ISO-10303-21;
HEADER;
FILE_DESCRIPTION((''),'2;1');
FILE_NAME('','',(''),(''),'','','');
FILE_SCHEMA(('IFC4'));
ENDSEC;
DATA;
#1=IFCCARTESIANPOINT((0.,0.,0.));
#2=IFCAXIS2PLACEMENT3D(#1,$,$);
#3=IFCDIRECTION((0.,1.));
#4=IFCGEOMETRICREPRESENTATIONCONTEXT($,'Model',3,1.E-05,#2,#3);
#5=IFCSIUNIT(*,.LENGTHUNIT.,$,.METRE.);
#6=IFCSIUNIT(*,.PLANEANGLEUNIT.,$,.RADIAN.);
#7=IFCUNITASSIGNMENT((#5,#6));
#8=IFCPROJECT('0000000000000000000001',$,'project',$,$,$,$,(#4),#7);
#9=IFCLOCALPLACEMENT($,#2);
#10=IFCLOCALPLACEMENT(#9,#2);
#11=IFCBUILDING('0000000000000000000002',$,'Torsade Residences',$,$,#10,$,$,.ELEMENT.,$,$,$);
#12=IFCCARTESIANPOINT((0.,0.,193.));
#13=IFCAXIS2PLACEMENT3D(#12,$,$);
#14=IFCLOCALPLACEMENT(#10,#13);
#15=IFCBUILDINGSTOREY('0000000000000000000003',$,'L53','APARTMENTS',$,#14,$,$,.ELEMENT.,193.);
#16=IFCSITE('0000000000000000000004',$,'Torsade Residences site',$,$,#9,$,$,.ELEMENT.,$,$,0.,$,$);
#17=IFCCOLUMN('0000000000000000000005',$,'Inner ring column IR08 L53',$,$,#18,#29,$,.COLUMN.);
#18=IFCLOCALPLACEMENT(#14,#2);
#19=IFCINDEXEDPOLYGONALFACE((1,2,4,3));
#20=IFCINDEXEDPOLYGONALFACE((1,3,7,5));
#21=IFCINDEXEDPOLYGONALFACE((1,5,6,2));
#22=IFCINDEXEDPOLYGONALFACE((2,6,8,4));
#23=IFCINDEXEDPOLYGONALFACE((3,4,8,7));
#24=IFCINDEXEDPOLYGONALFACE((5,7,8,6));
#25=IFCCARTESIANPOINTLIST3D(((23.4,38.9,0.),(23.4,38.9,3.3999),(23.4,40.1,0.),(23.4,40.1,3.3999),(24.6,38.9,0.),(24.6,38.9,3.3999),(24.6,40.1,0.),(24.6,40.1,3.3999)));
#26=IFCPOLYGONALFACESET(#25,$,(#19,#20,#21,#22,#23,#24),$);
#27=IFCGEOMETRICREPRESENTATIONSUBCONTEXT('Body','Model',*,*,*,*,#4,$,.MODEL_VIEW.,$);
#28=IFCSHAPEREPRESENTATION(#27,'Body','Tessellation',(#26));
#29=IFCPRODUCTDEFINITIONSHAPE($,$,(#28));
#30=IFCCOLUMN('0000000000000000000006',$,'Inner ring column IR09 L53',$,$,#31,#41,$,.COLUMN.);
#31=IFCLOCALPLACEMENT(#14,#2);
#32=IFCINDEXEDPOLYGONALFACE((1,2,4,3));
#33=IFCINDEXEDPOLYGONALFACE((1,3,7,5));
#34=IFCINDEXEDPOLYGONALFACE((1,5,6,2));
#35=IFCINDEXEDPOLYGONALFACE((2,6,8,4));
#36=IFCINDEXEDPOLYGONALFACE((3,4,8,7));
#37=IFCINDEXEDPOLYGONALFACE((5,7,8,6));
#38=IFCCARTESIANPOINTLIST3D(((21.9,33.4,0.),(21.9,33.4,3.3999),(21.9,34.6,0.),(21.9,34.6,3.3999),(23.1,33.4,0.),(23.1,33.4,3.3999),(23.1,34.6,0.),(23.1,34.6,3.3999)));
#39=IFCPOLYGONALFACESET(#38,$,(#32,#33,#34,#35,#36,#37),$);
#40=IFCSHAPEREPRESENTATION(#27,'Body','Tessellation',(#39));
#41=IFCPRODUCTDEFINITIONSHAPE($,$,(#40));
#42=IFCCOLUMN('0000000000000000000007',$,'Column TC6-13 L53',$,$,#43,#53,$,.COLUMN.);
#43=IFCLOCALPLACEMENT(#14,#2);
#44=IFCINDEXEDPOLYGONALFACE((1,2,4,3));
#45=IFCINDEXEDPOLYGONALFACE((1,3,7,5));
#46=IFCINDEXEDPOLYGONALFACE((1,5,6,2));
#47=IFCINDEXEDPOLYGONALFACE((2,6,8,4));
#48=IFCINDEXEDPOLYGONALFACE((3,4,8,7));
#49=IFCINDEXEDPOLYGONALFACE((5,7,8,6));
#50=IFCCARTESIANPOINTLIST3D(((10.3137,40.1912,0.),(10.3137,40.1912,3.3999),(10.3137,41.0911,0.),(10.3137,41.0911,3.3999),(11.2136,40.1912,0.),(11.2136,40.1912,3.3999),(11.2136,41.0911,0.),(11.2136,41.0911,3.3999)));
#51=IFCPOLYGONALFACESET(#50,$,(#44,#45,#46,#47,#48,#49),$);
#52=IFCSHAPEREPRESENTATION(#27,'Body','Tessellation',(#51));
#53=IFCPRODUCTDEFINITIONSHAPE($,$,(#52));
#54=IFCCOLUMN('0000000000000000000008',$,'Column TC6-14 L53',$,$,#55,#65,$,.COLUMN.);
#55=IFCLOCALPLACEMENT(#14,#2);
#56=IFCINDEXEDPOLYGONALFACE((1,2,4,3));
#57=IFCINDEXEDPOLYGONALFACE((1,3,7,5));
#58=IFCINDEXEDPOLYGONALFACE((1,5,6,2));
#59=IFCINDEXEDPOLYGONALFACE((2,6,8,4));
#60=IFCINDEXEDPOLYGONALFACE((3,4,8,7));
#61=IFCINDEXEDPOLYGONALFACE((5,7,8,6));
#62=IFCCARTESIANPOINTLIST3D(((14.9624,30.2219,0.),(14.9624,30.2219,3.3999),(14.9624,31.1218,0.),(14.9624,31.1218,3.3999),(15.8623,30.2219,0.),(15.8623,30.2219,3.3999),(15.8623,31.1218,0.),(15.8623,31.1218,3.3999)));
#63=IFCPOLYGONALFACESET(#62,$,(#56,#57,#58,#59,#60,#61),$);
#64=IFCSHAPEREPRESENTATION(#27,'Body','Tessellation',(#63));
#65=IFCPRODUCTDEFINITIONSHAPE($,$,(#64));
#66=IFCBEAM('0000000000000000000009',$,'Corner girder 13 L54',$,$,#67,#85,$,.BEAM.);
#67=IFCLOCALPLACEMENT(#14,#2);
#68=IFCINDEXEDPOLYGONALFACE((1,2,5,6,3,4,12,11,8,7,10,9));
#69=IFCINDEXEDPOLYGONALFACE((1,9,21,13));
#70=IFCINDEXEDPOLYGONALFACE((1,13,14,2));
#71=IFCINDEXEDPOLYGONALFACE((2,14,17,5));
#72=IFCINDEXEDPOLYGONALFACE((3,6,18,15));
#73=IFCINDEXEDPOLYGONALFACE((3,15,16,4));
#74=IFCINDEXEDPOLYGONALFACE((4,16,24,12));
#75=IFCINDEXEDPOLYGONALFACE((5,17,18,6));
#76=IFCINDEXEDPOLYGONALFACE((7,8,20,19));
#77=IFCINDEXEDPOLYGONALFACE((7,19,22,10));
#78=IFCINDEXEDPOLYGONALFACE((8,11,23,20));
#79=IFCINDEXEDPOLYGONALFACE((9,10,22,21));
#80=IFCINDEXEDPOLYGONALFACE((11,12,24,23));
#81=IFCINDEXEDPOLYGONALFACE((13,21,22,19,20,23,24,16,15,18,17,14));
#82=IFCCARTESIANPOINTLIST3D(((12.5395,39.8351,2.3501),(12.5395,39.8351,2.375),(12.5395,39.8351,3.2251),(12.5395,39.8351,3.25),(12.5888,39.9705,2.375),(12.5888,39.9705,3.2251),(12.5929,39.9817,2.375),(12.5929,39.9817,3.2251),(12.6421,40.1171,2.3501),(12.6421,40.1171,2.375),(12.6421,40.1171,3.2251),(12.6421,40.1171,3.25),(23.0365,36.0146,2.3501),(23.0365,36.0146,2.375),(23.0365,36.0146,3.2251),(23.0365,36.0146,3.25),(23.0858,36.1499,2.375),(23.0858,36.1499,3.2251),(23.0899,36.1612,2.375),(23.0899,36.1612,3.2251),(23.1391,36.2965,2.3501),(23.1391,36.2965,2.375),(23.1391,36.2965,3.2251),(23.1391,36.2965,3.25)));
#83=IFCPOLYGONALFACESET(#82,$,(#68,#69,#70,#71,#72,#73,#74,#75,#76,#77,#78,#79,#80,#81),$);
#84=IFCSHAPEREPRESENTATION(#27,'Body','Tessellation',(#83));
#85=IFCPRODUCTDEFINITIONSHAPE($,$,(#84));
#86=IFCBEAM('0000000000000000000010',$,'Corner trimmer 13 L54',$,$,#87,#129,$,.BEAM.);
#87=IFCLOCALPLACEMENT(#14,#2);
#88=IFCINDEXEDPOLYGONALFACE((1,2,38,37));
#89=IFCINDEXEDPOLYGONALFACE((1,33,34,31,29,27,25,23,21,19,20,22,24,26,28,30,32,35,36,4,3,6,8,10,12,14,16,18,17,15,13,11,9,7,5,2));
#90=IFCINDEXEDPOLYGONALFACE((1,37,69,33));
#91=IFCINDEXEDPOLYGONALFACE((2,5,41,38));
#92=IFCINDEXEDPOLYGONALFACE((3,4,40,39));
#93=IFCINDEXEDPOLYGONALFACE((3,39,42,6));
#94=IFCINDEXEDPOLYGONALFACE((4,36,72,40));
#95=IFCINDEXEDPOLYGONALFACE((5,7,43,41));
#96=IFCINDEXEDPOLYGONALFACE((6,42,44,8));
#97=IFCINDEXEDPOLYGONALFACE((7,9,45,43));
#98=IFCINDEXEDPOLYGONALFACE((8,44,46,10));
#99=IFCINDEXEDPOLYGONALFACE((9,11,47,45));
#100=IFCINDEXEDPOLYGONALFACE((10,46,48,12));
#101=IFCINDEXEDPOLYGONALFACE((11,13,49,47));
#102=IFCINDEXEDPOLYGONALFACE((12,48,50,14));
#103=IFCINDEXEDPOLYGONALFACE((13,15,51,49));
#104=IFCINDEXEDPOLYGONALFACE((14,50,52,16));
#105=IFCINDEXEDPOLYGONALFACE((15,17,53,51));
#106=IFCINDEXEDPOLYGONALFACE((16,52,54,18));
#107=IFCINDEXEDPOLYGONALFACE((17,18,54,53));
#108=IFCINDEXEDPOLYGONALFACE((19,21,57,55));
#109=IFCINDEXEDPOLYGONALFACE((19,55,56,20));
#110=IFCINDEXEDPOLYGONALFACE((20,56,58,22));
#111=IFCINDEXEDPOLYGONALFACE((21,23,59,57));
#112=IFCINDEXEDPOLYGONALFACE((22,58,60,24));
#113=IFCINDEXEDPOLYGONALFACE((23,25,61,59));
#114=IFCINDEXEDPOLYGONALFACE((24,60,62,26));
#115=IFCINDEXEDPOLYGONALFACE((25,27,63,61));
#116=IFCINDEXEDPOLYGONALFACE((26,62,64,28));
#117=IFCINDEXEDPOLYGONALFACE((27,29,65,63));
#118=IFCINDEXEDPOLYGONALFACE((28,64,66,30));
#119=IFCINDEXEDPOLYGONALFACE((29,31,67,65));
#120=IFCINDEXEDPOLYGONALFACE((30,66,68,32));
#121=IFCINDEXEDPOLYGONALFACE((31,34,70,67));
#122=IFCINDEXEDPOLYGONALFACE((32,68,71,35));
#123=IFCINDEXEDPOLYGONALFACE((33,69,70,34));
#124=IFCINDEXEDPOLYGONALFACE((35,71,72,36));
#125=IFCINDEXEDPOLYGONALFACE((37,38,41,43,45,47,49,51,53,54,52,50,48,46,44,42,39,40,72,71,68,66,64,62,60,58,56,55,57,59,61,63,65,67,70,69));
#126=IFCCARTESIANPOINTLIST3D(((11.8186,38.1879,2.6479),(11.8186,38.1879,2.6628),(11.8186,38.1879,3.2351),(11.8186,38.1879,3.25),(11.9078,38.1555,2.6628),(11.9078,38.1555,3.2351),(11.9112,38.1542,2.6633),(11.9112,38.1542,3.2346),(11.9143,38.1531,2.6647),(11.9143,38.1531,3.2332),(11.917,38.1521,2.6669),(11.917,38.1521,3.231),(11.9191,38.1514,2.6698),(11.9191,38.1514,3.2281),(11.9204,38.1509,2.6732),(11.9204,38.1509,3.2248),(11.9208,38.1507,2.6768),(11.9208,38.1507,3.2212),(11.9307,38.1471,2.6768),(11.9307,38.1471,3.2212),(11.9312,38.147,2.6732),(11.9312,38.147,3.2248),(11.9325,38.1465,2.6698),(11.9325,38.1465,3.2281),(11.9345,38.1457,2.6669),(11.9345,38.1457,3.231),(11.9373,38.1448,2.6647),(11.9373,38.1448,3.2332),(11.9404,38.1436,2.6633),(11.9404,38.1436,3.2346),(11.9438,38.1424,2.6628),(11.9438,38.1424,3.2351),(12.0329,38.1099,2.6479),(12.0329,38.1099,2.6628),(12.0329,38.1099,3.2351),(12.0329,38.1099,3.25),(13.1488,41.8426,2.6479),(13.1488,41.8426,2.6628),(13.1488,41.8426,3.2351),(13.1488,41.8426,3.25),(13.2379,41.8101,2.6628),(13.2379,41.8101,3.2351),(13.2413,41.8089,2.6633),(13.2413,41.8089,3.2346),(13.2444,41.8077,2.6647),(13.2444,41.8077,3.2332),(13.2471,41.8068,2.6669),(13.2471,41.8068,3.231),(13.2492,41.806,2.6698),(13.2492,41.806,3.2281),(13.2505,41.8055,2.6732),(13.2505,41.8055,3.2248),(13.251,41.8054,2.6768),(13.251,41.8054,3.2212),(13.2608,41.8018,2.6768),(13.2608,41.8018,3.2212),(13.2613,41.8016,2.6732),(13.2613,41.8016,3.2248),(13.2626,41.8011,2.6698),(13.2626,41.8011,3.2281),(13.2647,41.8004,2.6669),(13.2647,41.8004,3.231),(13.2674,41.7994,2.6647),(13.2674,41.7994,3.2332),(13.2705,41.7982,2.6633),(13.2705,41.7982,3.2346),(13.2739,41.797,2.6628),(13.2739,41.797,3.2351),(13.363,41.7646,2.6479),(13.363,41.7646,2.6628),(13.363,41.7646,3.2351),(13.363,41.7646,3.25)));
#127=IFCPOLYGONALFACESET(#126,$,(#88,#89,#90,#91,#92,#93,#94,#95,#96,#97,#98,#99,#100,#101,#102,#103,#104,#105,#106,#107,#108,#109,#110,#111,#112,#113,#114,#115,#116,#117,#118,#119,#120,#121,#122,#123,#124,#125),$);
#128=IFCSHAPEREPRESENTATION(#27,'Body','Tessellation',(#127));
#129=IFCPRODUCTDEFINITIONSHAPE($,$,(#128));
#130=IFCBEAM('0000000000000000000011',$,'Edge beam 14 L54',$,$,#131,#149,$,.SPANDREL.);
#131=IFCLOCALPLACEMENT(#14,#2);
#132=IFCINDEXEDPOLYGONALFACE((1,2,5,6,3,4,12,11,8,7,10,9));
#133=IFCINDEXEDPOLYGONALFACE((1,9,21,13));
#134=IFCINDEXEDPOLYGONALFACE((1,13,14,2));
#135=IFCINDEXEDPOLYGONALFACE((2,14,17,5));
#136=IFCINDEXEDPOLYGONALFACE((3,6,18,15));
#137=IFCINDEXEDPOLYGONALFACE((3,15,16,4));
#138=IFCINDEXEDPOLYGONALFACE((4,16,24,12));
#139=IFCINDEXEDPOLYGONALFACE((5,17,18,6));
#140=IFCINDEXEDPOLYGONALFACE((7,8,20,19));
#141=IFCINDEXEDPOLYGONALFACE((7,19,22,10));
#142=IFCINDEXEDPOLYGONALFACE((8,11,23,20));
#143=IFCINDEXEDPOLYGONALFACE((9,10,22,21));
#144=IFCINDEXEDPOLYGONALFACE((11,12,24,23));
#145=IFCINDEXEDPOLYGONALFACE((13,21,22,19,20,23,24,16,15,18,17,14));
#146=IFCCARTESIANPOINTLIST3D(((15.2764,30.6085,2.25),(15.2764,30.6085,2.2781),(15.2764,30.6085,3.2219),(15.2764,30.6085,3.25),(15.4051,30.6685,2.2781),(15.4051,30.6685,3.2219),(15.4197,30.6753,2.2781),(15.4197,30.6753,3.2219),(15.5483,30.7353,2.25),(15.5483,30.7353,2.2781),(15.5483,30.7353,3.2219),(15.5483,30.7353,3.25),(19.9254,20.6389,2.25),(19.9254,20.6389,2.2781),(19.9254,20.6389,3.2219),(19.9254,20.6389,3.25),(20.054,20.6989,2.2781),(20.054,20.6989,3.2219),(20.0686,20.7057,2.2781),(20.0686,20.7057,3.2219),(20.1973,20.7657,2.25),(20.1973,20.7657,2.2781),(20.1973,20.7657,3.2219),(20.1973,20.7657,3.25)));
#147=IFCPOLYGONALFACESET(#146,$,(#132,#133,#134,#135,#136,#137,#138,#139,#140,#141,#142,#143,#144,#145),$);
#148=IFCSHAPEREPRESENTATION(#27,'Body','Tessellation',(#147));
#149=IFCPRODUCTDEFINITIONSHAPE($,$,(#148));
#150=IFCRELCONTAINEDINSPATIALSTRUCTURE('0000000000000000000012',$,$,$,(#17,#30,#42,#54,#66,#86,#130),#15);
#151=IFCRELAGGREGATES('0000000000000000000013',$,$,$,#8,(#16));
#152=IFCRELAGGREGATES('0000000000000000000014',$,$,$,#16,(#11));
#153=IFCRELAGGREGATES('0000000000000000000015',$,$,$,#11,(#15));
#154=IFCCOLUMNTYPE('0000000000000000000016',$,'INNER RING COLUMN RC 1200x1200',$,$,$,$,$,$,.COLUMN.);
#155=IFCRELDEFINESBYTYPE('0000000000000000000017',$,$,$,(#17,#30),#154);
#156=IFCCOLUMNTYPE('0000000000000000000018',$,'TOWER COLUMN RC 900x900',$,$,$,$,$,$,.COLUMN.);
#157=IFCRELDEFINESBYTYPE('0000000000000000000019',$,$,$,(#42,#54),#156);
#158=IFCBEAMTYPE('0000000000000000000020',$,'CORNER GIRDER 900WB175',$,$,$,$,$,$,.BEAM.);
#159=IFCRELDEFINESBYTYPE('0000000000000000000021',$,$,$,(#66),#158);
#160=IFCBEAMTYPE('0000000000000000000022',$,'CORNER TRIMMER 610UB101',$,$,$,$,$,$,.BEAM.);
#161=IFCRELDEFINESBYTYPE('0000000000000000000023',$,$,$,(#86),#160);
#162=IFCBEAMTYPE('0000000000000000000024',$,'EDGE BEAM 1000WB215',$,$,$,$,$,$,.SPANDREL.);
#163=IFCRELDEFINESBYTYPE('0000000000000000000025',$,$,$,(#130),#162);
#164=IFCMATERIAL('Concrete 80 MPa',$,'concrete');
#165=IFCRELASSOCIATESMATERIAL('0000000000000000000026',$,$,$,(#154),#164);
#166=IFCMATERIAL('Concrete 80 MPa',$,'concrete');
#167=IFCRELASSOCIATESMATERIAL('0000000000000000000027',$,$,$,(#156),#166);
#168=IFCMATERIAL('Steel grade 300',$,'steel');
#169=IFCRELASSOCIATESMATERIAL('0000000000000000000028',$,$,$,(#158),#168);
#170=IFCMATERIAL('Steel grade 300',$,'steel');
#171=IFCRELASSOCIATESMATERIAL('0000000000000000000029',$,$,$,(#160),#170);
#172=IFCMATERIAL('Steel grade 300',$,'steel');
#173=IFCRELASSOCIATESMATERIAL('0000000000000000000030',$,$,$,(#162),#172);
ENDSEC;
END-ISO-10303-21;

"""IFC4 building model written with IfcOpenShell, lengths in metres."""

from ifc_helpers import new_model, si_unit, direction, frame, origin, origin_2d, place, context, subcontext, project, spatial, rectangle, i_section, extrude, material, material_profile, profile_set, type_object, element, save


model = new_model("IFC4")

# Units and contexts
model_context = context("Model", 3, precision=1e-05, world=origin(), true_north=direction((0.0, 1.0)))
body_context = subcontext(model_context, "Body", "Model", "MODEL_VIEW")
ifc_project = project(units=[si_unit("LENGTHUNIT", "METRE"), si_unit("PLANEANGLEUNIT", "RADIAN")], contexts=[model_context])

# Site, building, storey
site_placement = place(None, origin())
site = spatial("IfcSite", under=ifc_project, at=site_placement, Name="Torsade Residences site", CompositionType="ELEMENT", RefElevation=0.0)
building_placement = place(site_placement, origin())
building = spatial("IfcBuilding", under=site, at=building_placement, Name="Torsade Residences", CompositionType="ELEMENT")
storey_placement = place(building_placement, frame((0.0, 0.0, 193.0)))
storey = spatial("IfcBuildingStorey", under=building, at=storey_placement, Name="L53", Description="APARTMENTS", CompositionType="ELEMENT", Elevation=193.0)

# Columns
ifc_material_1 = material(Name="Concrete 80 MPa", Category="concrete")
ifc_material_profile_1 = material_profile(ifc_material_1, rectangle(XDim=1.2, YDim=1.2, at=origin_2d()), Name="RC 1200x1200")
ifc_profile_set_1 = profile_set([ifc_material_profile_1], Name="Concrete 80 MPa")
column_type_1 = type_object("IfcColumnType", Name="INNER RING COLUMN RC 1200x1200", PredefinedType="COLUMN", material=ifc_profile_set_1)
for number, where, z_axis, x_axis, name in (
    (1, (24.0, 39.5, 0.0), (0.0, 0.0, 1.0), (1.0, 0.0, 0.0), "Inner ring column IR08 L53"),
    (2, (22.5, 34.0, 0.0), (0.0, 0.0, 1.0), (1.0, 0.0, 0.0), "Inner ring column IR09 L53"),
):
    element("IfcColumn", number, at=place(storey_placement, frame(where, z_axis=z_axis, x_axis=x_axis)), inside=storey, type_object=column_type_1, Name=name, PredefinedType="COLUMN", context=body_context, shape_type="SweptSolid", body=[
        extrude(rectangle(XDim=1.2, YDim=1.2, at=origin_2d()), origin(), (0.0, 0.0, 1.0), 3.3999),
    ])
ifc_material_2 = material(Name="Concrete 80 MPa", Category="concrete")
ifc_material_profile_2 = material_profile(ifc_material_2, rectangle(XDim=0.8999, YDim=0.8999, at=origin_2d()), Name="RC 900x900")
ifc_profile_set_2 = profile_set([ifc_material_profile_2], Name="Concrete 80 MPa")
column_type_2 = type_object("IfcColumnType", Name="TOWER COLUMN RC 900x900", PredefinedType="COLUMN", material=ifc_profile_set_2)
for number, where, z_axis, x_axis, name in (
    (3, (10.7637, 40.6411, 0.0), (0.0, 0.0, 1.0), (1.0, 0.0, 0.0), "Column TC6-13 L53"),
    (4, (15.4124, 30.6719, 0.0), (0.0, 0.0, 1.0), (1.0, 0.0, 0.0), "Column TC6-14 L53"),
):
    element("IfcColumn", number, at=place(storey_placement, frame(where, z_axis=z_axis, x_axis=x_axis)), inside=storey, type_object=column_type_2, Name=name, PredefinedType="COLUMN", context=body_context, shape_type="SweptSolid", body=[
        extrude(rectangle(XDim=0.8999, YDim=0.8999, at=origin_2d()), origin(), (0.0, 0.0, 1.0), 3.3999),
    ])

# Beams
ifc_material_3 = material(Name="Steel grade 300", Category="steel")
ifc_material_profile_3 = material_profile(ifc_material_3, i_section(OverallWidth=0.3, OverallDepth=0.8999, WebThickness=0.012, FlangeThickness=0.0249, at=origin_2d()), Name="900WB175")
ifc_profile_set_3 = profile_set([ifc_material_profile_3], Name="Steel grade 300")
beam_type_1 = type_object("IfcBeamType", Name="CORNER GIRDER 900WB175", PredefinedType="BEAM", material=ifc_profile_set_3)
beam_1_placement = place(storey_placement, frame((12.5908, 39.9761, 2.8), z_axis=(0.939694, -0.342015, 0.0), x_axis=(0.342015, 0.939694, 0.0)))
element("IfcBeam", 5, at=beam_1_placement, inside=storey, type_object=beam_type_1, Name="Corner girder 13 L54", PredefinedType="BEAM", context=body_context, shape_type="SweptSolid", body=[
    extrude(i_section(OverallWidth=0.3, OverallDepth=0.8999, WebThickness=0.012, FlangeThickness=0.0249, at=origin_2d()), origin(), (0.0, 0.0, 1.0), 11.1707),
])
ifc_material_4 = material(Name="Steel grade 300", Category="steel")
ifc_material_profile_4 = material_profile(ifc_material_4, i_section(OverallWidth=0.228, OverallDepth=0.6021, WebThickness=0.0105, FlangeThickness=0.0149, FilletRadius=0.0139, at=origin_2d()), Name="610UB101")
ifc_profile_set_4 = profile_set([ifc_material_profile_4], Name="Steel grade 300")
beam_type_2 = type_object("IfcBeamType", Name="CORNER TRIMMER 610UB101", PredefinedType="BEAM", material=ifc_profile_set_4)
beam_2_placement = place(storey_placement, frame((11.9258, 38.1489, 2.949), z_axis=(0.342005, 0.939698, 0.0), x_axis=(-0.939698, 0.342005, 0.0)))
element("IfcBeam", 6, at=beam_2_placement, inside=storey, type_object=beam_type_2, Name="Corner trimmer 13 L54", PredefinedType="BEAM", context=body_context, shape_type="SweptSolid", body=[
    extrude(i_section(OverallWidth=0.228, OverallDepth=0.6021, WebThickness=0.0105, FlangeThickness=0.0149, FilletRadius=0.0139, at=origin_2d()), origin(), (0.0, 0.0, 1.0), 3.8892),
])
ifc_material_5 = material(Name="Steel grade 300", Category="steel")
ifc_material_profile_5 = material_profile(ifc_material_5, i_section(OverallWidth=0.3, OverallDepth=1.0, WebThickness=0.0161, FlangeThickness=0.0281, at=origin_2d()), Name="1000WB215")
ifc_profile_set_5 = profile_set([ifc_material_profile_5], Name="Steel grade 300")
beam_type_3 = type_object("IfcBeamType", Name="EDGE BEAM 1000WB215", PredefinedType="SPANDREL", material=ifc_profile_set_5)
beam_3_placement = place(storey_placement, frame((15.4124, 30.6719, 2.75), z_axis=(0.422624, -0.906305, 0.0), x_axis=(0.906305, 0.422624, 0.0)))
element("IfcBeam", 7, at=beam_3_placement, inside=storey, type_object=beam_type_3, Name="Edge beam 14 L54", PredefinedType="SPANDREL", context=body_context, shape_type="SweptSolid", body=[
    extrude(i_section(OverallWidth=0.3, OverallDepth=1.0, WebThickness=0.0161, FlangeThickness=0.0281, at=origin_2d()), origin(), (0.0, 0.0, 1.0), 11.0002),
])

save(model, "model.ifc")
